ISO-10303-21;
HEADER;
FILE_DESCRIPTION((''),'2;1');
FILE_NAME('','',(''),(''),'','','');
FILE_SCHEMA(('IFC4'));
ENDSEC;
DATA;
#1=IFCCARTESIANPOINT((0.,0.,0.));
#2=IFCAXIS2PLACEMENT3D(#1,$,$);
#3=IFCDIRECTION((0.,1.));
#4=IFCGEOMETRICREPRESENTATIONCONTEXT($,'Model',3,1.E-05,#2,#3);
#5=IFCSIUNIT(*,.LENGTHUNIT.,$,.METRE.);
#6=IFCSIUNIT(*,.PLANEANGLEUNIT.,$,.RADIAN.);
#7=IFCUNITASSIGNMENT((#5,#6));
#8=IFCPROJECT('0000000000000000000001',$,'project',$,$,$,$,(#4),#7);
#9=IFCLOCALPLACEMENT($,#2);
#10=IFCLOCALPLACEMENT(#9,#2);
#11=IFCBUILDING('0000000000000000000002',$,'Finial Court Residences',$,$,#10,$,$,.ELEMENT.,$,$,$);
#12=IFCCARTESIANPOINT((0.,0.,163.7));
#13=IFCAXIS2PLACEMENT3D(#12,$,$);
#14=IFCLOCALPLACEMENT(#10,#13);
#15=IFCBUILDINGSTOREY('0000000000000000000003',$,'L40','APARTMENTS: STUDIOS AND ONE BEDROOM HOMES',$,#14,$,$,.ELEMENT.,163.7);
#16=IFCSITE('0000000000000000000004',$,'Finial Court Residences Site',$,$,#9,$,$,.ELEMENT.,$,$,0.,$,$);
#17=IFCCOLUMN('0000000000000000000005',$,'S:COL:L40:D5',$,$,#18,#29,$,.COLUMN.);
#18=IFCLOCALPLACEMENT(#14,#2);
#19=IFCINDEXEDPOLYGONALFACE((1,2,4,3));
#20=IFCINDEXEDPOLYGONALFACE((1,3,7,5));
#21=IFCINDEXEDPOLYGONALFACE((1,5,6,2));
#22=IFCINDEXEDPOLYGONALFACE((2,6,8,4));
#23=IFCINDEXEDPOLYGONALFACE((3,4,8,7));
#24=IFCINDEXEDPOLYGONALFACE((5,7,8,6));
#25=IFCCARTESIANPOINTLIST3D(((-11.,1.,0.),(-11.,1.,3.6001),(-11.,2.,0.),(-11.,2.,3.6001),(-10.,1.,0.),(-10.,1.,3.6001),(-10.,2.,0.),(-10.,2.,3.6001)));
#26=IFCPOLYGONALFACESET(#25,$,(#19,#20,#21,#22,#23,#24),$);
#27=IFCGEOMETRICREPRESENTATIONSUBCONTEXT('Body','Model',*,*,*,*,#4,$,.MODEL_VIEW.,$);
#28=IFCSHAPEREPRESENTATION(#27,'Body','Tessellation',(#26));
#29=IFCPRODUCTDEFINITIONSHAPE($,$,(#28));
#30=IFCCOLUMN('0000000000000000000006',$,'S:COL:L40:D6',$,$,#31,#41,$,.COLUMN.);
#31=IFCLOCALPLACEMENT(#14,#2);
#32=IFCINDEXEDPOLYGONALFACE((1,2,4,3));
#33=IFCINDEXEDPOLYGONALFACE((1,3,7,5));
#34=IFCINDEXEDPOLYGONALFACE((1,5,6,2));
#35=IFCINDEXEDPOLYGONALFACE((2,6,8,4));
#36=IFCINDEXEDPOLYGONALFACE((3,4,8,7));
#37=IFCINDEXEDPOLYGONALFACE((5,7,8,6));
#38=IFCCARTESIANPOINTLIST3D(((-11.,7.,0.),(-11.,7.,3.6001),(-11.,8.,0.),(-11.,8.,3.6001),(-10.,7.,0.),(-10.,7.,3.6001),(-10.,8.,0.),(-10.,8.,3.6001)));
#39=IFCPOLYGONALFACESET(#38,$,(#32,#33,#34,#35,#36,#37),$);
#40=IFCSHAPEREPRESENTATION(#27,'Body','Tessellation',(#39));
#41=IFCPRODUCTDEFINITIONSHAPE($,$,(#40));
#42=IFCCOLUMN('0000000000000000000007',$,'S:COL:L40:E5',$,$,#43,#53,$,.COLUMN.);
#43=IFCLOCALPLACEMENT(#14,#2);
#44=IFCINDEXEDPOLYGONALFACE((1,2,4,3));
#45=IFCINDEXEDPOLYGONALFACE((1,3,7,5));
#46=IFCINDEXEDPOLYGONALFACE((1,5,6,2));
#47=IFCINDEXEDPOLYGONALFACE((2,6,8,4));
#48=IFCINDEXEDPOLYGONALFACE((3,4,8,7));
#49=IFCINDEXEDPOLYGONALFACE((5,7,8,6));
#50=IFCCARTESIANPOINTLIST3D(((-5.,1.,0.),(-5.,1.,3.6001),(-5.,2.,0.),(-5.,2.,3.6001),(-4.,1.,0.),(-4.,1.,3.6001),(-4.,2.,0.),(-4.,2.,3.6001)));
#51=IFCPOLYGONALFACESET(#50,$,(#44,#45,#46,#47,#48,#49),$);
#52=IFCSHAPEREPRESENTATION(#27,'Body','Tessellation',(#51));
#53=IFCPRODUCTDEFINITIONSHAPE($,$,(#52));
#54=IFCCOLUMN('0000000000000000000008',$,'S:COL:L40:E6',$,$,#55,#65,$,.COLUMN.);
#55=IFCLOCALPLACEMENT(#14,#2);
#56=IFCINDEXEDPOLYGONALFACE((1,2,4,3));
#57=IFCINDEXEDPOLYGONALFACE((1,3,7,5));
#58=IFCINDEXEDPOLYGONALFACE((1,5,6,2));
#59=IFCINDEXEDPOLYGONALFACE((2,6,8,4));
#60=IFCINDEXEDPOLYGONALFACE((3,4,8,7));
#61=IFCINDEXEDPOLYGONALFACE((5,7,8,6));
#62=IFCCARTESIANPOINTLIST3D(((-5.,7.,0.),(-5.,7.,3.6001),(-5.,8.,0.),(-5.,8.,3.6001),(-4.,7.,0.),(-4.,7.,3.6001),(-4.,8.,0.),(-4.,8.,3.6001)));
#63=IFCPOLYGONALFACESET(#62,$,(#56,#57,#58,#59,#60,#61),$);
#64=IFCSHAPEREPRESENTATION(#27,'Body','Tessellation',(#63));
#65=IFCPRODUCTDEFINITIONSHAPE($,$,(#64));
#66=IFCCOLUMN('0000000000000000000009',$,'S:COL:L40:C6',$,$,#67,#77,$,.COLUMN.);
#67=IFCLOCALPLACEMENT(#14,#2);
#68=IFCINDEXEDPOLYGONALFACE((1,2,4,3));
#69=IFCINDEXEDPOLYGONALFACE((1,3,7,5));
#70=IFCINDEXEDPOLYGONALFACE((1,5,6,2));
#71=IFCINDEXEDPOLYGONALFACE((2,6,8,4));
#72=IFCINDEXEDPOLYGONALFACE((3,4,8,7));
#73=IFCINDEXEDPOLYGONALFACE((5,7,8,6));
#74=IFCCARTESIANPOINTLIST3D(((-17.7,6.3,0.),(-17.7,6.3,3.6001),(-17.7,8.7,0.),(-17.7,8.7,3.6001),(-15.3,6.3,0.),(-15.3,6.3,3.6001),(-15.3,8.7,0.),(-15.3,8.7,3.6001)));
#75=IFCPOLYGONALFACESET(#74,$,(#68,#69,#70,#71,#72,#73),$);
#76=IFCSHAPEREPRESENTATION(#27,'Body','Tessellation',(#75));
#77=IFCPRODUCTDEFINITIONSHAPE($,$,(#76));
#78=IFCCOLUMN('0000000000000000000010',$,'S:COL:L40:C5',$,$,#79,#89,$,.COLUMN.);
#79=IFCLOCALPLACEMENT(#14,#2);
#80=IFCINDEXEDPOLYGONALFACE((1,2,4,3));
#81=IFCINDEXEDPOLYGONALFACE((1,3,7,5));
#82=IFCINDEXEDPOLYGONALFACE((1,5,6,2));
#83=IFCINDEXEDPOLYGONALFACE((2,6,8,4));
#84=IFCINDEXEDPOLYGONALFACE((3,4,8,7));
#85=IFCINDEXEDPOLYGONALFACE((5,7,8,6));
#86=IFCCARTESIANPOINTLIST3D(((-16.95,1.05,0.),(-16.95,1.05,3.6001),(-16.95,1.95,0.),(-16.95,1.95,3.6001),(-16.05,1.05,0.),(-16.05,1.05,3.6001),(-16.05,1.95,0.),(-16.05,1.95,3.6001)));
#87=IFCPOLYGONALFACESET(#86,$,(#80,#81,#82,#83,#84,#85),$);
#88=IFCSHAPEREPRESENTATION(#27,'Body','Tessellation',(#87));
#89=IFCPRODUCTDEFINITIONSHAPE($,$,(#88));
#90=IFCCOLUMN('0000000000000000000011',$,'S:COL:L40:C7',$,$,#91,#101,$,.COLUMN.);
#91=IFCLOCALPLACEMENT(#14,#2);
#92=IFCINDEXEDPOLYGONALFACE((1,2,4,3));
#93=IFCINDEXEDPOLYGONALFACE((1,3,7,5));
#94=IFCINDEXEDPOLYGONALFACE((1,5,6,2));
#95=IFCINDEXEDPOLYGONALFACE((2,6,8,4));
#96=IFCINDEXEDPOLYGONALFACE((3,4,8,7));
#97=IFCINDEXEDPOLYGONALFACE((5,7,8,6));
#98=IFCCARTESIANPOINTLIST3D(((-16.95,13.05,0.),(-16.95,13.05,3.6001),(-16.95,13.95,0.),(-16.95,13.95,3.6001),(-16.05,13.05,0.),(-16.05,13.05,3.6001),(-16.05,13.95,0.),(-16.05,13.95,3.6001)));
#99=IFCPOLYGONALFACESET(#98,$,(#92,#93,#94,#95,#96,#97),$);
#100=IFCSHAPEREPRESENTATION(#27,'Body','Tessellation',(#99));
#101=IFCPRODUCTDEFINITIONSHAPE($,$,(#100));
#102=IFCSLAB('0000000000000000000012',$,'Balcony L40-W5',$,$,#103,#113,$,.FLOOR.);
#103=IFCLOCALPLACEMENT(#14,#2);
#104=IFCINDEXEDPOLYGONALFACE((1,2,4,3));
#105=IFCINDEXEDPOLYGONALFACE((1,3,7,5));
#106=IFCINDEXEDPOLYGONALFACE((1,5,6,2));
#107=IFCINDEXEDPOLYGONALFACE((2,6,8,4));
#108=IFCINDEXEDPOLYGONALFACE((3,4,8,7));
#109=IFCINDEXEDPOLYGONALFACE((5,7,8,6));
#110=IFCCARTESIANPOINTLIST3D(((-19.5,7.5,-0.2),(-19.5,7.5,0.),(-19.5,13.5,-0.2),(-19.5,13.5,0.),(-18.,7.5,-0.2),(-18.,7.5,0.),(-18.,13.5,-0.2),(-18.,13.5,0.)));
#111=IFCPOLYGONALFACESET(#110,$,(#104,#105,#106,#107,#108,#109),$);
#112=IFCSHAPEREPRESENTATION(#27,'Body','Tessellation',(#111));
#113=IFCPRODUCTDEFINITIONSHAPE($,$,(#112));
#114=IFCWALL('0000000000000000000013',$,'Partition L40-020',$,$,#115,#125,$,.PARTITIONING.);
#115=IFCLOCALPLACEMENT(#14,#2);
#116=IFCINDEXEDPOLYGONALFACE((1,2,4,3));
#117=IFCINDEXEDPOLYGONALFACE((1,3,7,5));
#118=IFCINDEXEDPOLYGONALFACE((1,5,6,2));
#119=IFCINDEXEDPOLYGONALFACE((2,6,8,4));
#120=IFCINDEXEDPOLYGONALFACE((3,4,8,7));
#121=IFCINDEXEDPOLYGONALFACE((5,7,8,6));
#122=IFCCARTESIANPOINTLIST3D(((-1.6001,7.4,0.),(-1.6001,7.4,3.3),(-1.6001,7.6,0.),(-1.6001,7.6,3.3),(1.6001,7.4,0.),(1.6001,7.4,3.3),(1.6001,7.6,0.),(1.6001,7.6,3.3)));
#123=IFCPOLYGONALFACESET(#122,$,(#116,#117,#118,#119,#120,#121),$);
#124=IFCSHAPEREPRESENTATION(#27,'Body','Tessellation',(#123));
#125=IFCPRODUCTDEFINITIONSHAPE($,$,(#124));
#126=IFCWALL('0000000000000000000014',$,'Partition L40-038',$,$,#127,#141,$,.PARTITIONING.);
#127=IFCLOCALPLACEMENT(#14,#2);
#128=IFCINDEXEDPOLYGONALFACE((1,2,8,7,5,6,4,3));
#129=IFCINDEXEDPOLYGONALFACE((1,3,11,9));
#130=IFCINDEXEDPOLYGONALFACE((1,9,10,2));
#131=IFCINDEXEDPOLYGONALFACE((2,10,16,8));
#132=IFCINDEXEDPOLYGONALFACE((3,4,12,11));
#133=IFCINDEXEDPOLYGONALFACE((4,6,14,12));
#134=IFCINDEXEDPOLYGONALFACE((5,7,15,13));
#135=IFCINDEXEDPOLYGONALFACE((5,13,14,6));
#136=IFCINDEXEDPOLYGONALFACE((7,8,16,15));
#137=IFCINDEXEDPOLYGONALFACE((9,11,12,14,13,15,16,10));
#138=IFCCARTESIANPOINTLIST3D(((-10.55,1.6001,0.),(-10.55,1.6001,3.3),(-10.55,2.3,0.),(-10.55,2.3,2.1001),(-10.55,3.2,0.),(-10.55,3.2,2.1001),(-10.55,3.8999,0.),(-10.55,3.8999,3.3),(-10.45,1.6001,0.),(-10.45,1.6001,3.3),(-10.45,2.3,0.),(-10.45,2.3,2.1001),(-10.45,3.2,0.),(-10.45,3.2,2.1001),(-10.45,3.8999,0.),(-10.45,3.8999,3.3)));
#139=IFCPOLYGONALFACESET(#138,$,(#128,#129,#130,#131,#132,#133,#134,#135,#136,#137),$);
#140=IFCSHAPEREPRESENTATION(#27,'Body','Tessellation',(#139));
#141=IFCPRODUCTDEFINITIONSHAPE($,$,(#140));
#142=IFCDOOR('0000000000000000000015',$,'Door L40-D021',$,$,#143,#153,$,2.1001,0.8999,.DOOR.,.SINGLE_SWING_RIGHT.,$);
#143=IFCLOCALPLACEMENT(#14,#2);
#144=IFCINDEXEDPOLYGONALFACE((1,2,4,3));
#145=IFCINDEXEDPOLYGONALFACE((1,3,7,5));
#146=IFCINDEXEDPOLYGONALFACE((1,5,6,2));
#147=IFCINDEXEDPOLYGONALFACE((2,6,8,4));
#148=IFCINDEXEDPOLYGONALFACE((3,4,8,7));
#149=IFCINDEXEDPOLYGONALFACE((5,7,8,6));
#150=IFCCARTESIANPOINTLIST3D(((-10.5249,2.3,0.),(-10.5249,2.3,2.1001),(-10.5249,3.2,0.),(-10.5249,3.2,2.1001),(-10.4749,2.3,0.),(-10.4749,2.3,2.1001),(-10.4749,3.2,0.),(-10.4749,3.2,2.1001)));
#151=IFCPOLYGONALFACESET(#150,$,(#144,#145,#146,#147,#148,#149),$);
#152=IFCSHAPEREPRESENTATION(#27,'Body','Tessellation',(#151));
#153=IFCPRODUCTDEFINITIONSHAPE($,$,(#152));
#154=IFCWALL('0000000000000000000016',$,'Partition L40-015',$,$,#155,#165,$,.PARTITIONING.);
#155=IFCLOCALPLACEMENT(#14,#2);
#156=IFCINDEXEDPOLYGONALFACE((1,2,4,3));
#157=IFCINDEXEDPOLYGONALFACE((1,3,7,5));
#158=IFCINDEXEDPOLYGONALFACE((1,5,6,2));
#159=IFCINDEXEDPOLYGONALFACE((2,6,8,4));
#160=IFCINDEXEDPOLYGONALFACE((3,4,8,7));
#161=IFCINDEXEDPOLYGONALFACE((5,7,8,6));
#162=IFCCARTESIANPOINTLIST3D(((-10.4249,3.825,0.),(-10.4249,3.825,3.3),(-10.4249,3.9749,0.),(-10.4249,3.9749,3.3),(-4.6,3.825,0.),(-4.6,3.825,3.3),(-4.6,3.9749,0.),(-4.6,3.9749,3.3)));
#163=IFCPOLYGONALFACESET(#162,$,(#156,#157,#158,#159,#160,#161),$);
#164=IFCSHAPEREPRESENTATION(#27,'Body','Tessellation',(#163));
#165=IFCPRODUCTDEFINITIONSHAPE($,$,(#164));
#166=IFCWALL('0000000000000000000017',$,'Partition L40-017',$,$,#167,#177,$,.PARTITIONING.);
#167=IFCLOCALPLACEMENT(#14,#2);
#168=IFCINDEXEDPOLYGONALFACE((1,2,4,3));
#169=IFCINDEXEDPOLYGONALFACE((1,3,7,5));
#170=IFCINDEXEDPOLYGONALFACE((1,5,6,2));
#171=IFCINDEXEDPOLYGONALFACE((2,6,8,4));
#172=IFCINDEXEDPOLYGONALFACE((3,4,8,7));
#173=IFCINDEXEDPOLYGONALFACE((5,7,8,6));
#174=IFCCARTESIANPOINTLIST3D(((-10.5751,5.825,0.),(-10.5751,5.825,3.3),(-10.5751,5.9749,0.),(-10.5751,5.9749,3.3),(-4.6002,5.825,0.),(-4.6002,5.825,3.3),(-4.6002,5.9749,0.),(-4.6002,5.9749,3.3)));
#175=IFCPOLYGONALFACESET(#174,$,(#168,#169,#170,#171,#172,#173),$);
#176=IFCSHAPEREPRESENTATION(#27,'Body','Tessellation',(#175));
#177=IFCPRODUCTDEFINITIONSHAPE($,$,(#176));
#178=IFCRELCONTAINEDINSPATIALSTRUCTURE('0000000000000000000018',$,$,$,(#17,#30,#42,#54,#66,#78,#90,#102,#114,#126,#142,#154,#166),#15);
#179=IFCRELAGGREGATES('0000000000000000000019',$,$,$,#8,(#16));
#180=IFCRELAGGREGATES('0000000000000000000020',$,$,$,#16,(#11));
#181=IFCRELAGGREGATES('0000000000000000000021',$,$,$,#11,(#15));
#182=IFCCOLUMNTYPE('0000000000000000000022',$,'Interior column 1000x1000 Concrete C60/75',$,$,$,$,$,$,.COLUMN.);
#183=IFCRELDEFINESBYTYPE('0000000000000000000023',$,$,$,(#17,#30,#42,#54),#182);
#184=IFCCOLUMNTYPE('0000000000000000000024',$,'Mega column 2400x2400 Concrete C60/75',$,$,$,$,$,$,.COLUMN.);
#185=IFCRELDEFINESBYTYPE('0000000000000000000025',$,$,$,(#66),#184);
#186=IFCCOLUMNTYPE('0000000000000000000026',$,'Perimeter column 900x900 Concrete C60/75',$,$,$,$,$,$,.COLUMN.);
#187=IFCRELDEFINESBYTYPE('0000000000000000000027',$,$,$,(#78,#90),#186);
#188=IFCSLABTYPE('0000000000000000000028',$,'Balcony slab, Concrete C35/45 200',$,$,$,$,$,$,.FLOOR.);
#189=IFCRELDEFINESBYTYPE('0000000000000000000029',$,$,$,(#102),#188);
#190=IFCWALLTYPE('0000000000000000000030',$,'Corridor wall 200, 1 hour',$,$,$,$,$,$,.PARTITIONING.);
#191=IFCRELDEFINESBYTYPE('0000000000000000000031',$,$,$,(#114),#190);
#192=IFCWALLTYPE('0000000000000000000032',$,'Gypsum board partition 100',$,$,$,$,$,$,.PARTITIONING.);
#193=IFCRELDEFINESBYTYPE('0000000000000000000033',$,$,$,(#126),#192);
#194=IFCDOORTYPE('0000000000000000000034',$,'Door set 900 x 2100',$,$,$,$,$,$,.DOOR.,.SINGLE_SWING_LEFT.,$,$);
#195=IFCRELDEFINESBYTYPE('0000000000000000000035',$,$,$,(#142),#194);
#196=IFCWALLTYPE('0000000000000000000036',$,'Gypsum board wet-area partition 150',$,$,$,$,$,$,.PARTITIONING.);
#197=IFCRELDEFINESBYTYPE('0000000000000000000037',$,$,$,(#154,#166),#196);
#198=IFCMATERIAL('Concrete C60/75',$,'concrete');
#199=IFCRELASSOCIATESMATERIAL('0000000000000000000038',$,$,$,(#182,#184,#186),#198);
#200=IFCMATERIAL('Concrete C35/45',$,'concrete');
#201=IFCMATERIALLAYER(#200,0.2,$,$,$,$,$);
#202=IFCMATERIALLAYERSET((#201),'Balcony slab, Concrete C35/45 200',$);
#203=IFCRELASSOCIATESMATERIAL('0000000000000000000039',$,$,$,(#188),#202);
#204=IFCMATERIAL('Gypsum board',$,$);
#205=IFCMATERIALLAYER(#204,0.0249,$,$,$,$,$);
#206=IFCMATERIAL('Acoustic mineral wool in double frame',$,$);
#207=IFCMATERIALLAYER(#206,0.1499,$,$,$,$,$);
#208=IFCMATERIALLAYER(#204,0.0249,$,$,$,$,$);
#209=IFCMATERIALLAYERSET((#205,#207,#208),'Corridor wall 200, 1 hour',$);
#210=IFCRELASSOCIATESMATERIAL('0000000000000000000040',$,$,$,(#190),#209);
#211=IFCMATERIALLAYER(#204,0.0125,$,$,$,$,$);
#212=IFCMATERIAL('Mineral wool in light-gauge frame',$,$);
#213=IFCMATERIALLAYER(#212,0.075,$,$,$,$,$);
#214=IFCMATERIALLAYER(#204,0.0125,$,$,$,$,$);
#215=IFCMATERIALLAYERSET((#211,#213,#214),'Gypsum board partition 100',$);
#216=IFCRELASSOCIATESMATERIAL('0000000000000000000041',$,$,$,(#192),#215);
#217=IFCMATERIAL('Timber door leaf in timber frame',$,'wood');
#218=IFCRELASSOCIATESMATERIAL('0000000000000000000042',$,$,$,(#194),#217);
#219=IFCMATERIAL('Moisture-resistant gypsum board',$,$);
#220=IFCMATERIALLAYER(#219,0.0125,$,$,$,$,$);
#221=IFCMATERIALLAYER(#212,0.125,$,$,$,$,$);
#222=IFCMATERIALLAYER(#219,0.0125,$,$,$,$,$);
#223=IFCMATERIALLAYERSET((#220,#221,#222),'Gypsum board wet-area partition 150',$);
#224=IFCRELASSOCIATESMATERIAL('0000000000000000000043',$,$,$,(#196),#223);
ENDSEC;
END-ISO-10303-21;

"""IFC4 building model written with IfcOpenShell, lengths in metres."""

from ifc_helpers import new_model, si_unit, direction, frame, frame_2d, origin, origin_2d, place, context, subcontext, project, spatial, polyline, rectangle, outline, extrude, material, layer, layer_set, material_profile, profile_set, type_object, element, fill, save


model = new_model("IFC4")

# Units and contexts
model_context = context("Model", 3, precision=1e-05, world=origin(), true_north=direction((0.0, 1.0)))
body_context = subcontext(model_context, "Body", "Model", "MODEL_VIEW")
ifc_project = project(units=[si_unit("LENGTHUNIT", "METRE"), si_unit("PLANEANGLEUNIT", "RADIAN")], contexts=[model_context])

# Site, building, storey
site_placement = place(None, origin())
site = spatial("IfcSite", under=ifc_project, at=site_placement, Name="Finial Court Residences Site", CompositionType="ELEMENT", RefElevation=0.0)
building_placement = place(site_placement, origin())
building = spatial("IfcBuilding", under=site, at=building_placement, Name="Finial Court Residences", CompositionType="ELEMENT")
storey_placement = place(building_placement, frame((0.0, 0.0, 163.7)))
storey = spatial("IfcBuildingStorey", under=building, at=storey_placement, Name="L40", Description="APARTMENTS: STUDIOS AND ONE BEDROOM HOMES", CompositionType="ELEMENT", Elevation=163.7)

# Columns
ifc_material_1 = material(Name="Concrete C60/75", Category="concrete")
ifc_material_profile_1 = material_profile(ifc_material_1, rectangle(XDim=1.0, YDim=1.0, at=origin_2d()), Name="1000x1000")
ifc_profile_set_1 = profile_set([ifc_material_profile_1], Name="Concrete C60/75")
column_type_1 = type_object("IfcColumnType", Name="Interior column 1000x1000 Concrete C60/75", PredefinedType="COLUMN", material=ifc_profile_set_1)
for number, where, z_axis, x_axis, name in (
    (1, (-10.5, 1.5, 0.0), (0.0, 0.0, 1.0), (1.0, 0.0, 0.0), "S:COL:L40:D5"),
    (2, (-10.5, 7.5, 0.0), (0.0, 0.0, 1.0), (1.0, 0.0, 0.0), "S:COL:L40:D6"),
    (3, (-4.5, 1.5, 0.0), (0.0, 0.0, 1.0), (1.0, 0.0, 0.0), "S:COL:L40:E5"),
    (4, (-4.5, 7.5, 0.0), (0.0, 0.0, 1.0), (1.0, 0.0, 0.0), "S:COL:L40:E6"),
):
    element("IfcColumn", number, at=place(storey_placement, frame(where, z_axis=z_axis, x_axis=x_axis)), inside=storey, type_object=column_type_1, Name=name, PredefinedType="COLUMN", context=body_context, shape_type="SweptSolid", body=[
        extrude(rectangle(XDim=1.0, YDim=1.0, at=origin_2d()), origin(), (0.0, 0.0, 1.0), 3.6001),
    ])
ifc_material_profile_2 = material_profile(ifc_material_1, rectangle(XDim=2.3999, YDim=2.3999, at=origin_2d()), Name="2400x2400")
ifc_profile_set_2 = profile_set([ifc_material_profile_2], Name="Concrete C60/75")
column_type_2 = type_object("IfcColumnType", Name="Mega column 2400x2400 Concrete C60/75", PredefinedType="COLUMN", material=ifc_profile_set_2)
column_placement = place(storey_placement, frame((-16.5, 7.5, 0.0), z_axis=(0.0, 0.0, 1.0), x_axis=(1.0, 0.0, 0.0)))
element("IfcColumn", 5, at=column_placement, inside=storey, type_object=column_type_2, Name="S:COL:L40:C6", PredefinedType="COLUMN", context=body_context, shape_type="SweptSolid", body=[
    extrude(rectangle(XDim=2.3999, YDim=2.3999, at=origin_2d()), origin(), (0.0, 0.0, 1.0), 3.6001),
])
ifc_material_profile_3 = material_profile(ifc_material_1, rectangle(XDim=0.8999, YDim=0.8999, at=origin_2d()), Name="900x900")
ifc_profile_set_3 = profile_set([ifc_material_profile_3], Name="Concrete C60/75")
column_type_3 = type_object("IfcColumnType", Name="Perimeter column 900x900 Concrete C60/75", PredefinedType="COLUMN", material=ifc_profile_set_3)
for number, where, z_axis, x_axis, name in (
    (6, (-16.5, 1.5, 0.0), (0.0, 0.0, 1.0), (1.0, 0.0, 0.0), "S:COL:L40:C5"),
    (7, (-16.5, 13.5, 0.0), (0.0, 0.0, 1.0), (1.0, 0.0, 0.0), "S:COL:L40:C7"),
):
    element("IfcColumn", number, at=place(storey_placement, frame(where, z_axis=z_axis, x_axis=x_axis)), inside=storey, type_object=column_type_3, Name=name, PredefinedType="COLUMN", context=body_context, shape_type="SweptSolid", body=[
        extrude(rectangle(XDim=0.8999, YDim=0.8999, at=origin_2d()), origin(), (0.0, 0.0, 1.0), 3.6001),
    ])

# Slab
ifc_material_2 = material(Name="Concrete C35/45", Category="concrete")
ifc_layer_1 = layer(ifc_material_2, 0.2)
ifc_layer_set_1 = layer_set([ifc_layer_1], Name="Balcony slab, Concrete C35/45 200")
slab_type = type_object("IfcSlabType", Name="Balcony slab, Concrete C35/45 200", PredefinedType="FLOOR", material=ifc_layer_set_1)
slab_placement = place(storey_placement, frame((0.0, 0.0, -0.2)))
element("IfcSlab", 8, at=slab_placement, inside=storey, type_object=slab_type, Name="Balcony L40-W5", PredefinedType="FLOOR", context=body_context, shape_type="SweptSolid", body=[
    extrude(outline(polyline([(-18.0, 7.5), (-18.0, 13.5), (-19.5, 13.5), (-19.5, 7.5), (-18.0, 7.5)])), origin(), (0.0, 0.0, 1.0), 0.2),
])

# Wall
ifc_material_3 = material(Name="Gypsum board")
ifc_layer_2 = layer(ifc_material_3, 0.0249)
ifc_material_4 = material(Name="Acoustic mineral wool in double frame")
ifc_layer_3 = layer(ifc_material_4, 0.1499)
ifc_layer_4 = layer(ifc_material_3, 0.0249)
ifc_layer_set_2 = layer_set([ifc_layer_2, ifc_layer_3, ifc_layer_4], Name="Corridor wall 200, 1 hour")
wall_type_1 = type_object("IfcWallType", Name="Corridor wall 200, 1 hour", PredefinedType="PARTITIONING", material=ifc_layer_set_2)
wall_1_placement = place(storey_placement, frame((-1.6001, 7.5, 0.0), z_axis=(0.0, 0.0, 1.0), x_axis=(1.0, 0.0, 0.0)))
element("IfcWall", 9, at=wall_1_placement, inside=storey, type_object=wall_type_1, Name="Partition L40-020", PredefinedType="PARTITIONING", context=body_context, shape_type="SweptSolid", body=[
    extrude(rectangle(XDim=3.2002, YDim=0.2, at=frame_2d((1.6001, 0.0))), origin(), (0.0, 0.0, 1.0), 3.3),
])

# Wall, opening, door
ifc_layer_5 = layer(ifc_material_3, 0.0125)
ifc_material_5 = material(Name="Mineral wool in light-gauge frame")
ifc_layer_6 = layer(ifc_material_5, 0.075)
ifc_layer_7 = layer(ifc_material_3, 0.0125)
ifc_layer_set_3 = layer_set([ifc_layer_5, ifc_layer_6, ifc_layer_7], Name="Gypsum board partition 100")
wall_type_2 = type_object("IfcWallType", Name="Gypsum board partition 100", PredefinedType="PARTITIONING", material=ifc_layer_set_3)
wall_2_placement = place(storey_placement, frame((-10.5, 1.6001, 0.0), z_axis=(0.0, 0.0, 1.0), x_axis=(0.0, 1.0, 0.0)))
wall_2 = element("IfcWall", 10, at=wall_2_placement, inside=storey, type_object=wall_type_2, Name="Partition L40-038", PredefinedType="PARTITIONING", context=body_context, shape_type="SweptSolid", body=[
    extrude(rectangle(XDim=2.2998, YDim=0.1001, at=frame_2d((1.1499, 0.0))), origin(), (0.0, 0.0, 1.0), 3.3),
])
opening_1_placement = place(wall_2_placement, frame((0.7, 0.0, 0.0)))
opening_1 = element("IfcOpeningElement", 11, at=opening_1_placement, cuts=wall_2, PredefinedType="OPENING", context=body_context, shape_type="SweptSolid", body=[
    extrude(rectangle(XDim=0.8999, YDim=2.1001, at=frame_2d((0.45, 1.05))), frame((0.0, 0.0601, 0.0), z_axis=(0.0, -1.0, 0.0), x_axis=(1.0, 0.0, 0.0)), (0.0, 0.0, 1.0), 0.1201),
])
ifc_material_6 = material(Name="Timber door leaf in timber frame", Category="wood")
door_type = type_object("IfcDoorType", Name="Door set 900 x 2100", OperationType="SINGLE_SWING_LEFT", PredefinedType="DOOR", material=ifc_material_6)
door_1_placement = place(opening_1_placement, origin())
door_1 = element("IfcDoor", 12, at=door_1_placement, inside=storey, type_object=door_type, Name="Door L40-D021", OperationType="SINGLE_SWING_RIGHT", OverallHeight=2.1001, OverallWidth=0.8999, PredefinedType="DOOR", context=body_context, shape_type="SweptSolid", body=[
    extrude(rectangle(XDim=0.8999, YDim=2.1001, at=frame_2d((0.45, 1.05))), frame((0.0, 0.0249, 0.0), z_axis=(0.0, -1.0, 0.0), x_axis=(1.0, 0.0, 0.0)), (0.0, 0.0, 1.0), 0.05),
])
fill(opening_1, door_1)

# Walls
ifc_material_7 = material(Name="Moisture-resistant gypsum board")
ifc_layer_8 = layer(ifc_material_7, 0.0125)
ifc_layer_9 = layer(ifc_material_5, 0.125)
ifc_layer_10 = layer(ifc_material_7, 0.0125)
ifc_layer_set_4 = layer_set([ifc_layer_8, ifc_layer_9, ifc_layer_10], Name="Gypsum board wet-area partition 150")
wall_type_3 = type_object("IfcWallType", Name="Gypsum board wet-area partition 150", PredefinedType="PARTITIONING", material=ifc_layer_set_4)
wall_3_placement = place(storey_placement, frame((-10.425, 3.8999, 0.0), z_axis=(0.0, 0.0, 1.0), x_axis=(1.0, 0.0, 0.0)))
element("IfcWall", 13, at=wall_3_placement, inside=storey, type_object=wall_type_3, Name="Partition L40-015", PredefinedType="PARTITIONING", context=body_context, shape_type="SweptSolid", body=[
    extrude(rectangle(XDim=5.825, YDim=0.1499, at=frame_2d((2.9126, 0.0))), origin(), (0.0, 0.0, 1.0), 3.3),
])
wall_4_placement = place(storey_placement, frame((-10.575, 5.8999, 0.0), z_axis=(0.0, 0.0, 1.0), x_axis=(1.0, 0.0, 0.0)))
element("IfcWall", 14, at=wall_4_placement, inside=storey, type_object=wall_type_3, Name="Partition L40-017", PredefinedType="PARTITIONING", context=body_context, shape_type="SweptSolid", body=[
    extrude(rectangle(XDim=5.9749, YDim=0.1499, at=frame_2d((2.9873, 0.0))), origin(), (0.0, 0.0, 1.0), 3.3),
])

save(model, "model.ifc")
